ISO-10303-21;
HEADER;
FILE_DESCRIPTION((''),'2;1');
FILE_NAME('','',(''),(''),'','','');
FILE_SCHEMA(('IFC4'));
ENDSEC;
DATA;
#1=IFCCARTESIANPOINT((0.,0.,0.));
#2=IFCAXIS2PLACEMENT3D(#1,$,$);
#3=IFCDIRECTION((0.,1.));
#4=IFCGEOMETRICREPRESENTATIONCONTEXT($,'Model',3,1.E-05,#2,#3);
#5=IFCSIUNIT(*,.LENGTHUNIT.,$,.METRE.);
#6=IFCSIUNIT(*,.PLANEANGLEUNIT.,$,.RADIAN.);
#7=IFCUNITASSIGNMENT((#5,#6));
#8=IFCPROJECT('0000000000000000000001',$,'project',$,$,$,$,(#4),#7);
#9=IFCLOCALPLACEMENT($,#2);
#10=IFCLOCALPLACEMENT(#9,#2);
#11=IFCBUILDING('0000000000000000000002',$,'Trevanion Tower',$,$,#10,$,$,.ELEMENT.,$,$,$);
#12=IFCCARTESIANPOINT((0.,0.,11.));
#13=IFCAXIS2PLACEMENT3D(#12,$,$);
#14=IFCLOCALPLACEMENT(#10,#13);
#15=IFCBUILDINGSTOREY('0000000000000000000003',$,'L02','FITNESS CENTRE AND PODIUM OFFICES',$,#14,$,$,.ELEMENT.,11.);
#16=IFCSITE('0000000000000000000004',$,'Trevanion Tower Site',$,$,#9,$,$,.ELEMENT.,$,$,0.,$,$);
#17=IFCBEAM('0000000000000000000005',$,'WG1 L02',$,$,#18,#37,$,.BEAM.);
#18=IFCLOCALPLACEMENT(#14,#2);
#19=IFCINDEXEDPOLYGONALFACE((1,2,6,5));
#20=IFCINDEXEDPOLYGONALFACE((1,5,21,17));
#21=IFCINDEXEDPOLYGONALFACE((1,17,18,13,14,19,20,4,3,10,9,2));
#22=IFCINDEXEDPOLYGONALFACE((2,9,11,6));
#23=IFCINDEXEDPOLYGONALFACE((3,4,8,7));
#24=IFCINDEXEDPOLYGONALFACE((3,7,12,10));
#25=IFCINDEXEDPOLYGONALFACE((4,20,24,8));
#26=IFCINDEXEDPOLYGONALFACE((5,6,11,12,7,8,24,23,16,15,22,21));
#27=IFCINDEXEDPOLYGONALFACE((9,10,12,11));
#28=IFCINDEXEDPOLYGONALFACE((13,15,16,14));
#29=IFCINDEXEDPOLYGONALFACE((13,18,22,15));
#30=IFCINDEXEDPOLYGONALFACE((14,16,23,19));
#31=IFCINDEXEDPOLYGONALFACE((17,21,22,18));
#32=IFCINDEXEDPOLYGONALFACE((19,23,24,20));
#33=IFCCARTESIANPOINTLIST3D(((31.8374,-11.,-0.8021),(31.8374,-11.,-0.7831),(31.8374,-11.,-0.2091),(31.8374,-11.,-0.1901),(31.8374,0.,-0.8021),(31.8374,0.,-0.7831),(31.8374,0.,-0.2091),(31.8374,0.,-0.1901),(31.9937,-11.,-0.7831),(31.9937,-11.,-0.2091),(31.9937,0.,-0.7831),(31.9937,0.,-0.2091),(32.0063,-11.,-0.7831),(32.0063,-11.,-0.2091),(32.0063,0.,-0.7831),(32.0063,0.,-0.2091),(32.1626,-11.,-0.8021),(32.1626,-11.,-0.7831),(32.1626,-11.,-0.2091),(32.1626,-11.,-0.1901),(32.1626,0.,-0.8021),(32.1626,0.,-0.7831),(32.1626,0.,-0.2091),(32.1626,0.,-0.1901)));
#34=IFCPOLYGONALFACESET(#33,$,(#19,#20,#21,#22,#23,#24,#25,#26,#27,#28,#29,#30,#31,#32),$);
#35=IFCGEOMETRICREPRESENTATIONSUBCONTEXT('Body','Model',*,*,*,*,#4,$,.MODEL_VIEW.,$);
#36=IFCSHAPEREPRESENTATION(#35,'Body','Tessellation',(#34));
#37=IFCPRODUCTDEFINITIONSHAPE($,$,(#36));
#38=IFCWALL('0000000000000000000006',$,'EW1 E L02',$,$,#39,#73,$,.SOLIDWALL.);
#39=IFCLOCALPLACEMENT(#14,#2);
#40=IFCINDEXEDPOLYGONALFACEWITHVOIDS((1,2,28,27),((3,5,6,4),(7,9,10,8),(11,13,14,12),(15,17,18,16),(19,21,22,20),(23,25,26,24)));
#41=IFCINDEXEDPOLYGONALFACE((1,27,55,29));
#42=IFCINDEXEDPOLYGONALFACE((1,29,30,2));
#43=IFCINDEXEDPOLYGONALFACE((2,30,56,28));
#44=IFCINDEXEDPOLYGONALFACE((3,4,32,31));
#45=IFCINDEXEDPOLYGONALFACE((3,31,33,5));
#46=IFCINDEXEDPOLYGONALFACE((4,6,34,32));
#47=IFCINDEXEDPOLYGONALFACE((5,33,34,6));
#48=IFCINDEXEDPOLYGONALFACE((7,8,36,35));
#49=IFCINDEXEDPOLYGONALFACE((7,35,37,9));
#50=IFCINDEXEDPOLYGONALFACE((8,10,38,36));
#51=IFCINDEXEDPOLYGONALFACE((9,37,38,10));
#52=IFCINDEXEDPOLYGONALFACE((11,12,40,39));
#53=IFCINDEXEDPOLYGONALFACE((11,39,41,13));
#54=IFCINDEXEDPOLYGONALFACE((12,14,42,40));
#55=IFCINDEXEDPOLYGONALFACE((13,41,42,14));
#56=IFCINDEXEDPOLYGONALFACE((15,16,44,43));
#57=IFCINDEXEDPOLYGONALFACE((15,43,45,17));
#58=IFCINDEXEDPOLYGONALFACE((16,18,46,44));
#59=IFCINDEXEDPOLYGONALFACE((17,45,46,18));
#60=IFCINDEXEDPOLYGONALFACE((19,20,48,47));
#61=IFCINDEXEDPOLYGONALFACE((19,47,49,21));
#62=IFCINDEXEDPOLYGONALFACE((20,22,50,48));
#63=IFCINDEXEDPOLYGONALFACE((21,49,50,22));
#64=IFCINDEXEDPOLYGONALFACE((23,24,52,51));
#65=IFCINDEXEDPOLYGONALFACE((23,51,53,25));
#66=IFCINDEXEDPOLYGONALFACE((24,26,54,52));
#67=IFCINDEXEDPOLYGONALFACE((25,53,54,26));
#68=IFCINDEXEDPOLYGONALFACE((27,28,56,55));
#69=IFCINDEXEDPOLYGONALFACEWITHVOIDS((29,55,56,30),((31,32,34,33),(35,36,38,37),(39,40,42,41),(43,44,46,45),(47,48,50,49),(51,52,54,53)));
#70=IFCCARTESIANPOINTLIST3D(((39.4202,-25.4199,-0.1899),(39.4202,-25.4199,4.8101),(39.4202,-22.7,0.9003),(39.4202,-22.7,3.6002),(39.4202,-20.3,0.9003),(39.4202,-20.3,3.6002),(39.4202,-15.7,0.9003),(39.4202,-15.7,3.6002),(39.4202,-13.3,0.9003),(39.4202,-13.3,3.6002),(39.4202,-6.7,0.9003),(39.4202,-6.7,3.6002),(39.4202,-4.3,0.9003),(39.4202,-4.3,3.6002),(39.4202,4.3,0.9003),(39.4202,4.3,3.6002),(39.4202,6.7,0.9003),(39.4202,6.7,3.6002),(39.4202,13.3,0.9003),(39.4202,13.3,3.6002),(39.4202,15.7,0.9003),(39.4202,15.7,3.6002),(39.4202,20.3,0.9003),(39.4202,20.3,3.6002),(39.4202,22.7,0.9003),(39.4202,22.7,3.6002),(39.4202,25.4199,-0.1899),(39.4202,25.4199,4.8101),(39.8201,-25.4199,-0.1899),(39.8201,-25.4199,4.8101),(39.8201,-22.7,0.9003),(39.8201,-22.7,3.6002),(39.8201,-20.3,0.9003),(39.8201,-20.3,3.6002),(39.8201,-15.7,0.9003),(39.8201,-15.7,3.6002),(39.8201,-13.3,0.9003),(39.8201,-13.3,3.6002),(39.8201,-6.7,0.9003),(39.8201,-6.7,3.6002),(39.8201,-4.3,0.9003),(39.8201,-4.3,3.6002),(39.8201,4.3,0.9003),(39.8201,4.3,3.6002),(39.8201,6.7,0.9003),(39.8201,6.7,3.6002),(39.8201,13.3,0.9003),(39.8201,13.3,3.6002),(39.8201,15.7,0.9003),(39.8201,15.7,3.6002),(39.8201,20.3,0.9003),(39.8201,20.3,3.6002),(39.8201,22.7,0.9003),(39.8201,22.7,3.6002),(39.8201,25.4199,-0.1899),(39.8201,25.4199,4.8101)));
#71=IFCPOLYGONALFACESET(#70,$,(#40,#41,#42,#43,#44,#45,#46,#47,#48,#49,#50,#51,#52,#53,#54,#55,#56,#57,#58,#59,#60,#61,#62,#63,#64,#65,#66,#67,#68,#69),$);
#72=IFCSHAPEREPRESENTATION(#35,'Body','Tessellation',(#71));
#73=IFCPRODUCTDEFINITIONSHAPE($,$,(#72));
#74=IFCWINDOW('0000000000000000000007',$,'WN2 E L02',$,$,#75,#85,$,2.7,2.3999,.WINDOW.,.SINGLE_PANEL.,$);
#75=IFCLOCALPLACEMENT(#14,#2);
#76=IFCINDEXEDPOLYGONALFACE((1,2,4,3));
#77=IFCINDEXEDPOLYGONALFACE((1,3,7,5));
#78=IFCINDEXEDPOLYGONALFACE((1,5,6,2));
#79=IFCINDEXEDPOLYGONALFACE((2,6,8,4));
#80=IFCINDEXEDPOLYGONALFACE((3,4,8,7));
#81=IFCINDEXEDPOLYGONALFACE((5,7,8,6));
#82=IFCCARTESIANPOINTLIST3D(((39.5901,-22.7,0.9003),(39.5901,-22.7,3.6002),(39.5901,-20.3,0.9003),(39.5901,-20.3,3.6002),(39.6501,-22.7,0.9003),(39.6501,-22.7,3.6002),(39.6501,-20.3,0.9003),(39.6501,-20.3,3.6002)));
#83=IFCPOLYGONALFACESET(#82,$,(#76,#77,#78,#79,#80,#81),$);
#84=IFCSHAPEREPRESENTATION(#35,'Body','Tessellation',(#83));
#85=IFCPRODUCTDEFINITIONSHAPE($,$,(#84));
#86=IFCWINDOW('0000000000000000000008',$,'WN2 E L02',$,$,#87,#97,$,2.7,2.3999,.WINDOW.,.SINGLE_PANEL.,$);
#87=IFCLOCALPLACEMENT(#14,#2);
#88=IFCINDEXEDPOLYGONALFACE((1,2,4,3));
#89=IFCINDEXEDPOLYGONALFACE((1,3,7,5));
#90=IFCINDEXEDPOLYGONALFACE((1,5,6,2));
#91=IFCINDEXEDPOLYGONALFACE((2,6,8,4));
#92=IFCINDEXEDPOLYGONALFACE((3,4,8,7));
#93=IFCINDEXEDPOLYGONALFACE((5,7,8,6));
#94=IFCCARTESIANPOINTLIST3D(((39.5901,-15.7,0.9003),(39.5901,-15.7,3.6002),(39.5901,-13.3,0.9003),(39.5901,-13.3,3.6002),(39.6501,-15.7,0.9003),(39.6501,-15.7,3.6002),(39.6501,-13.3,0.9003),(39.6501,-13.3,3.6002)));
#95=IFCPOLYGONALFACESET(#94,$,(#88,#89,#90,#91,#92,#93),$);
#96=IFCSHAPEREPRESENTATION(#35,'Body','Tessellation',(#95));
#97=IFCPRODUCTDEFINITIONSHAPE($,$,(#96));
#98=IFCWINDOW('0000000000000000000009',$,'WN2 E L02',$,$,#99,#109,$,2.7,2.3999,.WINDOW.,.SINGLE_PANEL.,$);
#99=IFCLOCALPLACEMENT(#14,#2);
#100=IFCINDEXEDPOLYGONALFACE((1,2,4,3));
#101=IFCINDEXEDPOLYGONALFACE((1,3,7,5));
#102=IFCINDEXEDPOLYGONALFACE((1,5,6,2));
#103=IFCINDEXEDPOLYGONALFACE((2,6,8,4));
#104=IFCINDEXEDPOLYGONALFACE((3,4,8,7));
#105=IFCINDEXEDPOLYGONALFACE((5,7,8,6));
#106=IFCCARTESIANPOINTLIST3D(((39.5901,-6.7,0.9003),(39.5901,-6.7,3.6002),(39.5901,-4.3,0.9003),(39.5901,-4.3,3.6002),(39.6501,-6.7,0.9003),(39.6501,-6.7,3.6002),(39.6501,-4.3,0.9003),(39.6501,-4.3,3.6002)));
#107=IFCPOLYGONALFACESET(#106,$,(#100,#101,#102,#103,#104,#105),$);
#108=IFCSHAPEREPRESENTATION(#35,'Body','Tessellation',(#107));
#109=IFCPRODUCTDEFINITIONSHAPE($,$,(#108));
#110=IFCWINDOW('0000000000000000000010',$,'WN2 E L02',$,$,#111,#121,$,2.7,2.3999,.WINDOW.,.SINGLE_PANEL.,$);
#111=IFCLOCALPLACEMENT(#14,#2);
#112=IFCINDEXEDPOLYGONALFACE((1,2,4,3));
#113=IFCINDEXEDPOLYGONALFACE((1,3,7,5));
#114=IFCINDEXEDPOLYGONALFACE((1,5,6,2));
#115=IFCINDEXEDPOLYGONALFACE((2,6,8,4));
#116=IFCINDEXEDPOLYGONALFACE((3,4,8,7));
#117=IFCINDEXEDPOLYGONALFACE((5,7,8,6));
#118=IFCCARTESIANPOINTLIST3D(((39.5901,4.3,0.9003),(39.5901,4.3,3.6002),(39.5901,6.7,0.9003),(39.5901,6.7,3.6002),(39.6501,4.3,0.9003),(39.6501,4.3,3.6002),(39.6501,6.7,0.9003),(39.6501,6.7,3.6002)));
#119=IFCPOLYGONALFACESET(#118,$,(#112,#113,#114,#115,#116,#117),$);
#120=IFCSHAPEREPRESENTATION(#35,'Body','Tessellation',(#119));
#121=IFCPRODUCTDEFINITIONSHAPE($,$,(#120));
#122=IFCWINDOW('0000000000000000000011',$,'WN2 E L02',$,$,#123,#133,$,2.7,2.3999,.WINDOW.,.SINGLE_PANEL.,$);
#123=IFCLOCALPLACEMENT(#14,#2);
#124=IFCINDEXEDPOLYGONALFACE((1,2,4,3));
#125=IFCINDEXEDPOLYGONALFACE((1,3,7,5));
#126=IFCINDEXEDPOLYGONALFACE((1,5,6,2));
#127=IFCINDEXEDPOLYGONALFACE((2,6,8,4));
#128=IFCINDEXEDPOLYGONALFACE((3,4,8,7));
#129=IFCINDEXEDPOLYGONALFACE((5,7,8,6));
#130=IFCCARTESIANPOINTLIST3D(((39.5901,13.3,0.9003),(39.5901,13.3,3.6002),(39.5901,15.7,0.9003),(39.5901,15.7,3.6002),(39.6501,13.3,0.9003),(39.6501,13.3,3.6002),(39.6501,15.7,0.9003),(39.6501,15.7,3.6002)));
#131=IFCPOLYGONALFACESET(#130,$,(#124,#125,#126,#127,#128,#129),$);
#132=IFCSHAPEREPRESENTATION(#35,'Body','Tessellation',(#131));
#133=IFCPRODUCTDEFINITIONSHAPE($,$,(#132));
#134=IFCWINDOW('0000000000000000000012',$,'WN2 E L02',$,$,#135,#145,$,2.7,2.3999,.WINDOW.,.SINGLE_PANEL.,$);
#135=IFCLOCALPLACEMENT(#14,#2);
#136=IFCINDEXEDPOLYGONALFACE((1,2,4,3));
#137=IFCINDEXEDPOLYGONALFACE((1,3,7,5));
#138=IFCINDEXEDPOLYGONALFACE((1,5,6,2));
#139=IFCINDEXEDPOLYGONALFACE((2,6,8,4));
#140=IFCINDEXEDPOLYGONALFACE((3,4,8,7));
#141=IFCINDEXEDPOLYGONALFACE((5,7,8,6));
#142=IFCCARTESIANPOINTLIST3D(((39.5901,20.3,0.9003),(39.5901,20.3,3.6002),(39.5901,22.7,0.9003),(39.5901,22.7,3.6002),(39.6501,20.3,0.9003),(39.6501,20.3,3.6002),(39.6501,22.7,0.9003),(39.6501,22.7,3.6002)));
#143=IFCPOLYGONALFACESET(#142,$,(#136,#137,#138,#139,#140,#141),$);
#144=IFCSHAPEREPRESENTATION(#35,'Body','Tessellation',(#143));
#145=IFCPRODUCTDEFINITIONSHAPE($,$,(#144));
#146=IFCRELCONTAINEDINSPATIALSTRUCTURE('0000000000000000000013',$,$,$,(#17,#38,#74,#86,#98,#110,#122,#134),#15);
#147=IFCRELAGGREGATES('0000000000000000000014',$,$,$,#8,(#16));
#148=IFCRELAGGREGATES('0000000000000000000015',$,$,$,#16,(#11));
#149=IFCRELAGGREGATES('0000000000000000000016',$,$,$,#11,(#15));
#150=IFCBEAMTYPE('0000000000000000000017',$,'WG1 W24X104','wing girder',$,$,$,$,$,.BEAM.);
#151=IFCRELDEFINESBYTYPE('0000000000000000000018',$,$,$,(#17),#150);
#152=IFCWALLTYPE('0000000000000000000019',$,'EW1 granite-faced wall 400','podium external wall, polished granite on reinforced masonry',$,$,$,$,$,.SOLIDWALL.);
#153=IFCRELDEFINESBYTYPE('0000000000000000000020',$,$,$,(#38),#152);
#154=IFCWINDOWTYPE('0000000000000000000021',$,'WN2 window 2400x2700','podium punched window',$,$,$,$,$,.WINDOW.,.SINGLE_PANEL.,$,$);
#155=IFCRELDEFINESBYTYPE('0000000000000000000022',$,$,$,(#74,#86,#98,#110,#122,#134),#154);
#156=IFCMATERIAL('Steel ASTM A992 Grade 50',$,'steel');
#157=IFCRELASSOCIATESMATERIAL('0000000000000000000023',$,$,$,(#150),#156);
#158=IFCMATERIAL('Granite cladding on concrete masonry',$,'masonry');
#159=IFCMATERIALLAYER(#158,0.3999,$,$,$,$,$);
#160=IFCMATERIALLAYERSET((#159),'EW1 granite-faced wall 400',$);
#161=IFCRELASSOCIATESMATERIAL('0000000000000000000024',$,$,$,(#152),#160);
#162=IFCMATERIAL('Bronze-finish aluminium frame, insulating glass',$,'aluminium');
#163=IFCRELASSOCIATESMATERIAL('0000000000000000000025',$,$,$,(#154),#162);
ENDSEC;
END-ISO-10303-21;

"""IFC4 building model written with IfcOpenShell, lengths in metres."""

from ifc_helpers import new_model, si_unit, direction, frame, frame_2d, origin, origin_2d, place, context, subcontext, project, spatial, rectangle, i_section, extrude, material, layer, layer_set, material_profile, profile_set, type_object, element, fill, save


model = new_model("IFC4")

# Units and contexts
model_context = context("Model", 3, precision=1e-05, world=origin(), true_north=direction((0.0, 1.0)))
body_context = subcontext(model_context, "Body", "Model", "MODEL_VIEW")
ifc_project = project(units=[si_unit("LENGTHUNIT", "METRE"), si_unit("PLANEANGLEUNIT", "RADIAN")], contexts=[model_context])

# Site, building, storey
site_placement = place(None, origin())
site = spatial("IfcSite", under=ifc_project, at=site_placement, Name="Trevanion Tower Site", CompositionType="ELEMENT", RefElevation=0.0)
building_placement = place(site_placement, origin())
building = spatial("IfcBuilding", under=site, at=building_placement, Name="Trevanion Tower", CompositionType="ELEMENT")
storey_placement = place(building_placement, frame((0.0, 0.0, 11.0)))
storey = spatial("IfcBuildingStorey", under=building, at=storey_placement, Name="L02", Description="FITNESS CENTRE AND PODIUM OFFICES", CompositionType="ELEMENT", Elevation=11.0)

# Beam
ifc_material_1 = material(Name="Steel ASTM A992 Grade 50", Category="steel")
ifc_material_profile_1 = material_profile(ifc_material_1, i_section(OverallWidth=0.3252, OverallDepth=0.6121, WebThickness=0.0127, FlangeThickness=0.019, at=origin_2d()), Name="W24X104")
ifc_profile_set_1 = profile_set([ifc_material_profile_1], Name="Steel ASTM A992 Grade 50")
beam_type_1 = type_object("IfcBeamType", Name="WG1 W24X104", Description="wing girder", PredefinedType="BEAM", material=ifc_profile_set_1)
beam_1_placement = place(storey_placement, frame((32.0, -11.0, -0.4961), z_axis=(0.0, 1.0, 0.0), x_axis=(-1.0, 0.0, 0.0)))
element("IfcBeam", 1, at=beam_1_placement, inside=storey, type_object=beam_type_1, Name="WG1 L02", PredefinedType="BEAM", context=body_context, shape_type="SweptSolid", body=[
    extrude(i_section(OverallWidth=0.3252, OverallDepth=0.6121, WebThickness=0.0127, FlangeThickness=0.019, at=origin_2d()), origin(), (0.0, 0.0, 1.0), 11.0),
])

# Wall, openings, windows
ifc_material_2 = material(Name="Granite cladding on concrete masonry", Category="masonry")
ifc_layer = layer(ifc_material_2, 0.3999)
ifc_layer_set = layer_set([ifc_layer], Name="EW1 granite-faced wall 400")
wall_type = type_object("IfcWallType", Name="EW1 granite-faced wall 400", Description="podium external wall, polished granite on reinforced masonry", PredefinedType="SOLIDWALL", material=ifc_layer_set)
wall_placement = place(storey_placement, frame((39.6201, -25.4199, -0.1899), z_axis=(0.0, 0.0, 1.0), x_axis=(0.0, 1.0, 0.0)))
wall = element("IfcWall", 2, at=wall_placement, inside=storey, type_object=wall_type, Name="EW1 E L02", PredefinedType="SOLIDWALL", context=body_context, shape_type="SweptSolid", body=[
    extrude(rectangle(XDim=50.8398, YDim=0.3999, at=frame_2d((25.4199, 0.0))), origin(), (0.0, 0.0, 1.0), 5.0),
])
opening_1_placement = place(wall_placement, frame((2.72, 0.0, 1.0901)))
opening_1 = element("IfcOpeningElement", 3, at=opening_1_placement, cuts=wall, PredefinedType="OPENING", context=body_context, shape_type="SweptSolid", body=[
    extrude(rectangle(XDim=2.3999, YDim=2.7, at=frame_2d((1.2, 1.3501))), frame((0.0, 0.21, 0.0), z_axis=(0.0, -1.0, 0.0), x_axis=(1.0, 0.0, 0.0)), (0.0, 0.0, 1.0), 0.4199),
])
opening_2_placement = place(wall_placement, frame((9.72, 0.0, 1.0901)))
opening_2 = element("IfcOpeningElement", 4, at=opening_2_placement, cuts=wall, PredefinedType="OPENING", context=body_context, shape_type="SweptSolid", body=[
    extrude(rectangle(XDim=2.3999, YDim=2.7, at=frame_2d((1.2, 1.3501))), frame((0.0, 0.21, 0.0), z_axis=(0.0, -1.0, 0.0), x_axis=(1.0, 0.0, 0.0)), (0.0, 0.0, 1.0), 0.4199),
])
opening_3_placement = place(wall_placement, frame((18.72, 0.0, 1.0901)))
opening_3 = element("IfcOpeningElement", 5, at=opening_3_placement, cuts=wall, PredefinedType="OPENING", context=body_context, shape_type="SweptSolid", body=[
    extrude(rectangle(XDim=2.3999, YDim=2.7, at=frame_2d((1.2, 1.3501))), frame((0.0, 0.21, 0.0), z_axis=(0.0, -1.0, 0.0), x_axis=(1.0, 0.0, 0.0)), (0.0, 0.0, 1.0), 0.4199),
])
opening_4_placement = place(wall_placement, frame((29.72, 0.0, 1.0901)))
opening_4 = element("IfcOpeningElement", 6, at=opening_4_placement, cuts=wall, PredefinedType="OPENING", context=body_context, shape_type="SweptSolid", body=[
    extrude(rectangle(XDim=2.3999, YDim=2.7, at=frame_2d((1.2, 1.3501))), frame((0.0, 0.21, 0.0), z_axis=(0.0, -1.0, 0.0), x_axis=(1.0, 0.0, 0.0)), (0.0, 0.0, 1.0), 0.4199),
])
opening_5_placement = place(wall_placement, frame((38.72, 0.0, 1.0901)))
opening_5 = element("IfcOpeningElement", 7, at=opening_5_placement, cuts=wall, PredefinedType="OPENING", context=body_context, shape_type="SweptSolid", body=[
    extrude(rectangle(XDim=2.3999, YDim=2.7, at=frame_2d((1.2, 1.3501))), frame((0.0, 0.21, 0.0), z_axis=(0.0, -1.0, 0.0), x_axis=(1.0, 0.0, 0.0)), (0.0, 0.0, 1.0), 0.4199),
])
opening_6_placement = place(wall_placement, frame((45.72, 0.0, 1.0901)))
opening_6 = element("IfcOpeningElement", 8, at=opening_6_placement, cuts=wall, PredefinedType="OPENING", context=body_context, shape_type="SweptSolid", body=[
    extrude(rectangle(XDim=2.3999, YDim=2.7, at=frame_2d((1.2, 1.3501))), frame((0.0, 0.21, 0.0), z_axis=(0.0, -1.0, 0.0), x_axis=(1.0, 0.0, 0.0)), (0.0, 0.0, 1.0), 0.4199),
])
ifc_material_3 = material(Name="Bronze-finish aluminium frame, insulating glass", Category="aluminium")
window_type = type_object("IfcWindowType", Name="WN2 window 2400x2700", Description="podium punched window", PartitioningType="SINGLE_PANEL", PredefinedType="WINDOW", material=ifc_material_3)
window_1_placement = place(opening_1_placement, origin())
window_1 = element("IfcWindow", 9, at=window_1_placement, inside=storey, type_object=window_type, Name="WN2 E L02", OverallHeight=2.7, OverallWidth=2.3999, PartitioningType="SINGLE_PANEL", PredefinedType="WINDOW", context=body_context, shape_type="SweptSolid", body=[
    extrude(rectangle(XDim=2.3999, YDim=2.7, at=frame_2d((1.2, 1.3501))), frame((0.0, 0.03, 0.0), z_axis=(0.0, -1.0, 0.0), x_axis=(1.0, 0.0, 0.0)), (0.0, 0.0, 1.0), 0.0601),
])
fill(opening_1, window_1)
window_2_placement = place(opening_2_placement, origin())
window_2 = element("IfcWindow", 10, at=window_2_placement, inside=storey, type_object=window_type, Name="WN2 E L02", OverallHeight=2.7, OverallWidth=2.3999, PartitioningType="SINGLE_PANEL", PredefinedType="WINDOW", context=body_context, shape_type="SweptSolid", body=[
    extrude(rectangle(XDim=2.3999, YDim=2.7, at=frame_2d((1.2, 1.3501))), frame((0.0, 0.03, 0.0), z_axis=(0.0, -1.0, 0.0), x_axis=(1.0, 0.0, 0.0)), (0.0, 0.0, 1.0), 0.0601),
])
fill(opening_2, window_2)
window_3_placement = place(opening_3_placement, origin())
window_3 = element("IfcWindow", 11, at=window_3_placement, inside=storey, type_object=window_type, Name="WN2 E L02", OverallHeight=2.7, OverallWidth=2.3999, PartitioningType="SINGLE_PANEL", PredefinedType="WINDOW", context=body_context, shape_type="SweptSolid", body=[
    extrude(rectangle(XDim=2.3999, YDim=2.7, at=frame_2d((1.2, 1.3501))), frame((0.0, 0.03, 0.0), z_axis=(0.0, -1.0, 0.0), x_axis=(1.0, 0.0, 0.0)), (0.0, 0.0, 1.0), 0.0601),
])
fill(opening_3, window_3)
window_4_placement = place(opening_4_placement, origin())
window_4 = element("IfcWindow", 12, at=window_4_placement, inside=storey, type_object=window_type, Name="WN2 E L02", OverallHeight=2.7, OverallWidth=2.3999, PartitioningType="SINGLE_PANEL", PredefinedType="WINDOW", context=body_context, shape_type="SweptSolid", body=[
    extrude(rectangle(XDim=2.3999, YDim=2.7, at=frame_2d((1.2, 1.3501))), frame((0.0, 0.03, 0.0), z_axis=(0.0, -1.0, 0.0), x_axis=(1.0, 0.0, 0.0)), (0.0, 0.0, 1.0), 0.0601),
])
fill(opening_4, window_4)
window_5_placement = place(opening_5_placement, origin())
window_5 = element("IfcWindow", 13, at=window_5_placement, inside=storey, type_object=window_type, Name="WN2 E L02", OverallHeight=2.7, OverallWidth=2.3999, PartitioningType="SINGLE_PANEL", PredefinedType="WINDOW", context=body_context, shape_type="SweptSolid", body=[
    extrude(rectangle(XDim=2.3999, YDim=2.7, at=frame_2d((1.2, 1.3501))), frame((0.0, 0.03, 0.0), z_axis=(0.0, -1.0, 0.0), x_axis=(1.0, 0.0, 0.0)), (0.0, 0.0, 1.0), 0.0601),
])
fill(opening_5, window_5)
window_6_placement = place(opening_6_placement, origin())
window_6 = element("IfcWindow", 14, at=window_6_placement, inside=storey, type_object=window_type, Name="WN2 E L02", OverallHeight=2.7, OverallWidth=2.3999, PartitioningType="SINGLE_PANEL", PredefinedType="WINDOW", context=body_context, shape_type="SweptSolid", body=[
    extrude(rectangle(XDim=2.3999, YDim=2.7, at=frame_2d((1.2, 1.3501))), frame((0.0, 0.03, 0.0), z_axis=(0.0, -1.0, 0.0), x_axis=(1.0, 0.0, 0.0)), (0.0, 0.0, 1.0), 0.0601),
])
fill(opening_6, window_6)

save(model, "model.ifc")
